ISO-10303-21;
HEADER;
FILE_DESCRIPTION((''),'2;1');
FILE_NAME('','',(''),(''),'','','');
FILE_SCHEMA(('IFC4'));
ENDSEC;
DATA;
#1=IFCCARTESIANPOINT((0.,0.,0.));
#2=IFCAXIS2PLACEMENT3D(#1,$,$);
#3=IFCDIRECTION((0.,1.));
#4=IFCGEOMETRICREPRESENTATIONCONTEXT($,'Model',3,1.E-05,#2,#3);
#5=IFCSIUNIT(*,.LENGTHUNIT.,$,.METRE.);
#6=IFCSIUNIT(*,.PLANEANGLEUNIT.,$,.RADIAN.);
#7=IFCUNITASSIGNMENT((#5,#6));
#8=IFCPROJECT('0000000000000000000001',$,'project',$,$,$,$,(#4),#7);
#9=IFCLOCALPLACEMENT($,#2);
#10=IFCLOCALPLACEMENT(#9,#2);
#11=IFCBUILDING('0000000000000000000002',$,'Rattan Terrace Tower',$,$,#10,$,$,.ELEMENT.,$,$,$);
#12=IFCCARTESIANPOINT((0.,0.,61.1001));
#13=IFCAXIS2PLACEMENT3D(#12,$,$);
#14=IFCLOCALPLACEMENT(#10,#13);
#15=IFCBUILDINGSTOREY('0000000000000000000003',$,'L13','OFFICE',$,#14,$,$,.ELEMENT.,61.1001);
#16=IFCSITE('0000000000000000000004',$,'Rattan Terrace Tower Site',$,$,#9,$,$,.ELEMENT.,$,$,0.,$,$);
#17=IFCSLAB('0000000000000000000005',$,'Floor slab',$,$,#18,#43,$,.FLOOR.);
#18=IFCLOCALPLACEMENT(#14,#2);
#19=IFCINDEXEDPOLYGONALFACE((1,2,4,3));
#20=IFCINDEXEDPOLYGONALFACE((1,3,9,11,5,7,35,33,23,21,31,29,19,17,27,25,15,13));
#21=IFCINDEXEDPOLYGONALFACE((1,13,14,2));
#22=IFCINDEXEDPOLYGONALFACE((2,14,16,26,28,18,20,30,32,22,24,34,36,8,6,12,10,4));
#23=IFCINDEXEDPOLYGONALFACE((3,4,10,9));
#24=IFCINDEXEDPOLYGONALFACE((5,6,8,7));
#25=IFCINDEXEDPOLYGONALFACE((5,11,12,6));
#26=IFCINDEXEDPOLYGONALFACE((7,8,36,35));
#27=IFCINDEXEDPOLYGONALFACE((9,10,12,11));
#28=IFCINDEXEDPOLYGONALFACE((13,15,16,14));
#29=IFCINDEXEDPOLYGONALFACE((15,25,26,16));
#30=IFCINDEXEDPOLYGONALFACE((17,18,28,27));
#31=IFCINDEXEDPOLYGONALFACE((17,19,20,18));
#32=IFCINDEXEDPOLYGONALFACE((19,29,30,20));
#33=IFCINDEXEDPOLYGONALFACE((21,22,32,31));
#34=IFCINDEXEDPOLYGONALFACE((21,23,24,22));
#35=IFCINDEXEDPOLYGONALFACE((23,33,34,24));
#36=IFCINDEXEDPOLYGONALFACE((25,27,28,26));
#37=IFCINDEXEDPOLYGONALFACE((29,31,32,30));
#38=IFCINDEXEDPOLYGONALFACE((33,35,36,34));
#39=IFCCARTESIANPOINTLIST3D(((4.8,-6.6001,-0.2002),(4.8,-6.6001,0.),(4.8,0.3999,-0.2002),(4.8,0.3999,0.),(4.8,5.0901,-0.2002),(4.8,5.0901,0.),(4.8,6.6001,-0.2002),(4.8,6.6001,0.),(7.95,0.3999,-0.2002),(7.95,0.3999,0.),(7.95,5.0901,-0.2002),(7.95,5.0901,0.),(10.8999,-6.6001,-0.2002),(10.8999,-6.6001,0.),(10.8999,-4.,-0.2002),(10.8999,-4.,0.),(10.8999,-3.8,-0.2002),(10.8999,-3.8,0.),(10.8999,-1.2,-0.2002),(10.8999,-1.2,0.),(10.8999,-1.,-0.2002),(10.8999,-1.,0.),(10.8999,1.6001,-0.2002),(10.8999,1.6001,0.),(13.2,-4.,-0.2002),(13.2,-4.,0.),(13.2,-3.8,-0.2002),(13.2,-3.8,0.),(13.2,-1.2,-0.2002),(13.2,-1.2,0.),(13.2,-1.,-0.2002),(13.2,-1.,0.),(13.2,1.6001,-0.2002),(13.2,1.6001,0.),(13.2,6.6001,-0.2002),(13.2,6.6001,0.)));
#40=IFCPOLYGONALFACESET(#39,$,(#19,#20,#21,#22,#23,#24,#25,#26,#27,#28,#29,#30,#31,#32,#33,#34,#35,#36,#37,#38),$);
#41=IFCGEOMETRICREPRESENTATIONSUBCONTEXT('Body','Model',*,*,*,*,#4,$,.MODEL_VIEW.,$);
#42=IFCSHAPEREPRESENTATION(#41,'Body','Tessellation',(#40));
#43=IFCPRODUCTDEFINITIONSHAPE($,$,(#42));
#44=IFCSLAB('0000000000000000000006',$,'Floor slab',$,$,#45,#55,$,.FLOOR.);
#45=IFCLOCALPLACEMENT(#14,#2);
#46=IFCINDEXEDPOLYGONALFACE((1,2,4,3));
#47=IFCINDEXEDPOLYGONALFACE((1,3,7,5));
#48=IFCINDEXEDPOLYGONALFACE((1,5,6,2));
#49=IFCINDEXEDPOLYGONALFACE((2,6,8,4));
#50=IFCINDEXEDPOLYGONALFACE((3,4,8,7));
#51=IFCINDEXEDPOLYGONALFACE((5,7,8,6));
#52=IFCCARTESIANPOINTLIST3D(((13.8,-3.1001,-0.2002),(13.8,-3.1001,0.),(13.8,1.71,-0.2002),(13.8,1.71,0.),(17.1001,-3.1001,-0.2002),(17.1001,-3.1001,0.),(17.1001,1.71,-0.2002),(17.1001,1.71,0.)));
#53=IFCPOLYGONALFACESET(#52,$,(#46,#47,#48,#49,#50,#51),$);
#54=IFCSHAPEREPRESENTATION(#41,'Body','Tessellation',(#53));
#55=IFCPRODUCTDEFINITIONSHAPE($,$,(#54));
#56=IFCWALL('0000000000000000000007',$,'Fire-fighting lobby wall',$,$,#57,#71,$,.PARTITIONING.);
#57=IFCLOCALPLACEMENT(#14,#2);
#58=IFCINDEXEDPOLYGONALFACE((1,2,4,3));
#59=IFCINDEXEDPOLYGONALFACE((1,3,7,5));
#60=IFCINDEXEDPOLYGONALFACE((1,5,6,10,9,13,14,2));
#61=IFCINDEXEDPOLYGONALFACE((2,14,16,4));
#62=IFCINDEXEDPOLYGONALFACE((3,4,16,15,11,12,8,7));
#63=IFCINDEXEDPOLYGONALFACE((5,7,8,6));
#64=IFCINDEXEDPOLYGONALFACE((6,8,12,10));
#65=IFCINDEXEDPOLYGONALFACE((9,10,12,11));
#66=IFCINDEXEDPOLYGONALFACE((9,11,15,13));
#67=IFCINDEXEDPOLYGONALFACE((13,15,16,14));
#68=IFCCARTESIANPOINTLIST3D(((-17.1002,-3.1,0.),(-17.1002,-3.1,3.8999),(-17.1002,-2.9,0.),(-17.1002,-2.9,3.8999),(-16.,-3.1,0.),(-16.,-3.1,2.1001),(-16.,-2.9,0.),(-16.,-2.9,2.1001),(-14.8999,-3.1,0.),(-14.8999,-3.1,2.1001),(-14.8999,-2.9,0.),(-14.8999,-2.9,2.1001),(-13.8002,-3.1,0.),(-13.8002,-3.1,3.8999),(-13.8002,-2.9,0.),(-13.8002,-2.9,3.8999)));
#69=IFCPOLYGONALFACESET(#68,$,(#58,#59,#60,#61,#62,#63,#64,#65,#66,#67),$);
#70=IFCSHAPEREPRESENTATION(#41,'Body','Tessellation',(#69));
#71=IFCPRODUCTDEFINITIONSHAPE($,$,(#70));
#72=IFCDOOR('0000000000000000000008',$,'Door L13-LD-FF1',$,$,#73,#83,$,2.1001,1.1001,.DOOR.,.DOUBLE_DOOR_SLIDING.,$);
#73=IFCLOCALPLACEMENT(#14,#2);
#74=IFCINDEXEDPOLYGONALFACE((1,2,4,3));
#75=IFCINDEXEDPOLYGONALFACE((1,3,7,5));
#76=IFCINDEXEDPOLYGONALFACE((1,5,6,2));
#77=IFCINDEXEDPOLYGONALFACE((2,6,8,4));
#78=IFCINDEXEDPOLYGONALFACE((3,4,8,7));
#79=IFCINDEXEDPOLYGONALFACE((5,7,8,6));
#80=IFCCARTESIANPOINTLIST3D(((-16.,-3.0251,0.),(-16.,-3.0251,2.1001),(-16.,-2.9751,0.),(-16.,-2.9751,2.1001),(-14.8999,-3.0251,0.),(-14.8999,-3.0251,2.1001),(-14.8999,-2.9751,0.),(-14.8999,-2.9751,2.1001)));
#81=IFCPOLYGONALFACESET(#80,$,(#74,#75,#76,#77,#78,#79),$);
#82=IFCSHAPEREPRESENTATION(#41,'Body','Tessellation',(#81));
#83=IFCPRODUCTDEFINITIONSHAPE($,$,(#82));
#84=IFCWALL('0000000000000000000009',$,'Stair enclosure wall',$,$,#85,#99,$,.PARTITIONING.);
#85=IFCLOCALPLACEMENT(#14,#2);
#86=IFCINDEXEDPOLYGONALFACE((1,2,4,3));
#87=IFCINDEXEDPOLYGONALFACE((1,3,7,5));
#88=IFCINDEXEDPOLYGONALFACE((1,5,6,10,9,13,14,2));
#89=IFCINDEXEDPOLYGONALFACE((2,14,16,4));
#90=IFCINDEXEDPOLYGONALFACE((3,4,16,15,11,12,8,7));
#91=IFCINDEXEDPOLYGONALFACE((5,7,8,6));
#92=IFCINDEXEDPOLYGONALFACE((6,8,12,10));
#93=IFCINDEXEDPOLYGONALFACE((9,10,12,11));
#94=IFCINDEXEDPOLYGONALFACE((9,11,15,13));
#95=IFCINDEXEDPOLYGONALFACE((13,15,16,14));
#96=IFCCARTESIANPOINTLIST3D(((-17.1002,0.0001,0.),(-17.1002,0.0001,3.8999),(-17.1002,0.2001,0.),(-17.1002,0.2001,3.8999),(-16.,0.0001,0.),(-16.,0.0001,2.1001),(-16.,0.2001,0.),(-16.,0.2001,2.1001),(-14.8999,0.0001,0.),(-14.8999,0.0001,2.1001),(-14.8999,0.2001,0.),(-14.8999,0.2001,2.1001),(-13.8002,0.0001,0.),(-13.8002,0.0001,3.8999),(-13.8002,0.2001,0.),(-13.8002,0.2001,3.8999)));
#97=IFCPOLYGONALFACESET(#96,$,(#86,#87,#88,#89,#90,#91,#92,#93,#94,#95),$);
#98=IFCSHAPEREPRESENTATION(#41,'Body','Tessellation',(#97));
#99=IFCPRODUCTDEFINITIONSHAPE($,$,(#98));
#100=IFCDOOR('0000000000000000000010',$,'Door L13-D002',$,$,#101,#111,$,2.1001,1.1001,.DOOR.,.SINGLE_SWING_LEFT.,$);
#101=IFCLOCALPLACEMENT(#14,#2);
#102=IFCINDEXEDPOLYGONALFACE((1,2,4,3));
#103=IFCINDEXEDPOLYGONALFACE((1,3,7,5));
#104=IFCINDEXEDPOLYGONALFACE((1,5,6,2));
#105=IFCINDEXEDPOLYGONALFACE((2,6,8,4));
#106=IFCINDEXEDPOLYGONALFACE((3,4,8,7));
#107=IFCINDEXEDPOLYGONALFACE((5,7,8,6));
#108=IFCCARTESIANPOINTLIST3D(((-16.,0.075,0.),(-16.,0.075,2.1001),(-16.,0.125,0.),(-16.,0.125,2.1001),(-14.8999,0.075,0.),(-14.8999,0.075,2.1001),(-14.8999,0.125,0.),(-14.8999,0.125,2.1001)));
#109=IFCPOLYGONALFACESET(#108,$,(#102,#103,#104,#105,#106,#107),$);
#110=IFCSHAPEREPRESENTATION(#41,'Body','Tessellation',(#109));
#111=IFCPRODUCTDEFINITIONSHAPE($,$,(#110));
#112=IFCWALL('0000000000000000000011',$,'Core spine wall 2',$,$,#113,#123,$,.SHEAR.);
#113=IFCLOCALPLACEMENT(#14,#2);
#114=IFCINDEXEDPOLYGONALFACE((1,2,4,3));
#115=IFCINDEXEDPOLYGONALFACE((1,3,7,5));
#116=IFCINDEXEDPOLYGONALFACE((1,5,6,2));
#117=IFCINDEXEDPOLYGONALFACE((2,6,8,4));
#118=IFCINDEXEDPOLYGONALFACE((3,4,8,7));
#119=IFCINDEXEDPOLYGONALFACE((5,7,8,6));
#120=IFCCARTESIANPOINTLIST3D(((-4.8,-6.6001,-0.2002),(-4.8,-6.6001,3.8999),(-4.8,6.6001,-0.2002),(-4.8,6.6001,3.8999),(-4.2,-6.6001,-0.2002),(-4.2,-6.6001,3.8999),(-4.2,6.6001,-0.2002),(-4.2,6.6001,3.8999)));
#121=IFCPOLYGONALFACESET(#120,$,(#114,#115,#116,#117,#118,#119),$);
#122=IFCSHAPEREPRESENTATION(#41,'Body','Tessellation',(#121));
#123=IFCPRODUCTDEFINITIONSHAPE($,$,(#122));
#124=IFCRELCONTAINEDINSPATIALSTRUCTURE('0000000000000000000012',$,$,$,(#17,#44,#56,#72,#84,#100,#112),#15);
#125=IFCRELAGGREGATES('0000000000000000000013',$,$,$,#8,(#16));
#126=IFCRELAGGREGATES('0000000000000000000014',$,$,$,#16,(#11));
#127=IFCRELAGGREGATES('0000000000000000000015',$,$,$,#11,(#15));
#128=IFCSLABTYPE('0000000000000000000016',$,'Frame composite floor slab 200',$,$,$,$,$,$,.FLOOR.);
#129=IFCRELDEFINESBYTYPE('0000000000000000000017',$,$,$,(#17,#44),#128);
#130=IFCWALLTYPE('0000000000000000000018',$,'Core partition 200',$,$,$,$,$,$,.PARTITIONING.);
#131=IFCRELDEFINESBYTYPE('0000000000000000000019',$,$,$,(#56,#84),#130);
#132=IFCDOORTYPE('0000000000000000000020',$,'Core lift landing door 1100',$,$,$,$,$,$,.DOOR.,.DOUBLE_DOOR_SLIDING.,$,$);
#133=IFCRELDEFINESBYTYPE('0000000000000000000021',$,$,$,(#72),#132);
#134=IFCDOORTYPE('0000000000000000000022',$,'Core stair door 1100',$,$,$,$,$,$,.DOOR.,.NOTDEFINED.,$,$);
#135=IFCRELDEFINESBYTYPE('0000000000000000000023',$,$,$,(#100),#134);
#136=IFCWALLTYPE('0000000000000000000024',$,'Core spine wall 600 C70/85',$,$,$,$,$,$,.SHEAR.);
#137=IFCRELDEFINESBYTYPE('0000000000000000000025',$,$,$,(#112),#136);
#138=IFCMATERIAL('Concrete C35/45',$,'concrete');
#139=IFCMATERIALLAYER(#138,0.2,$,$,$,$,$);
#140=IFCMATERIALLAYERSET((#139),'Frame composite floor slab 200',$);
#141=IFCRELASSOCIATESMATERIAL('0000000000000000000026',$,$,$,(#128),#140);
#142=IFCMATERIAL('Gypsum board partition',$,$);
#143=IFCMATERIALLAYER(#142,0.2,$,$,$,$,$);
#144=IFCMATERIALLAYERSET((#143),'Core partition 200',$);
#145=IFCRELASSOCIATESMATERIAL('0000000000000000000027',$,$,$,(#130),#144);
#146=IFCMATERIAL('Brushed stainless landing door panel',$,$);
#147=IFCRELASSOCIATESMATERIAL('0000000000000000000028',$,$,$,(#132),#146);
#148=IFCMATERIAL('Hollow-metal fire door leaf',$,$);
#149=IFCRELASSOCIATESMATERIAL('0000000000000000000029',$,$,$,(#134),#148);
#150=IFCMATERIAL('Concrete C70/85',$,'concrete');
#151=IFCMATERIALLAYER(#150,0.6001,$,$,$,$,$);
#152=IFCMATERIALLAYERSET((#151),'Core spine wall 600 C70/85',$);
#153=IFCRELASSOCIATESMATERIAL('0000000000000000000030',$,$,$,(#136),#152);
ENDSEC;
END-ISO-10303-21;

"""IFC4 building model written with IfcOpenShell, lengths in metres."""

from ifc_helpers import new_model, si_unit, direction, frame, frame_2d, origin, place, context, subcontext, project, spatial, polyline, rectangle, outline, extrude, material, layer, layer_set, type_object, element, fill, save


model = new_model("IFC4")

# Units and contexts
model_context = context("Model", 3, precision=1e-05, world=origin(), true_north=direction((0.0, 1.0)))
body_context = subcontext(model_context, "Body", "Model", "MODEL_VIEW")
ifc_project = project(units=[si_unit("LENGTHUNIT", "METRE"), si_unit("PLANEANGLEUNIT", "RADIAN")], contexts=[model_context])

# Site, building, storey
site_placement = place(None, origin())
site = spatial("IfcSite", under=ifc_project, at=site_placement, Name="Rattan Terrace Tower Site", CompositionType="ELEMENT", RefElevation=0.0)
building_placement = place(site_placement, origin())
building = spatial("IfcBuilding", under=site, at=building_placement, Name="Rattan Terrace Tower", CompositionType="ELEMENT")
storey_placement = place(building_placement, frame((0.0, 0.0, 61.1001)))
storey = spatial("IfcBuildingStorey", under=building, at=storey_placement, Name="L13", Description="OFFICE", CompositionType="ELEMENT", Elevation=61.1001)

# Slabs
ifc_material_1 = material(Name="Concrete C35/45", Category="concrete")
ifc_layer_1 = layer(ifc_material_1, 0.2)
ifc_layer_set_1 = layer_set([ifc_layer_1], Name="Frame composite floor slab 200")
slab_type = type_object("IfcSlabType", Name="Frame composite floor slab 200", PredefinedType="FLOOR", material=ifc_layer_set_1)
slab_1_placement = place(storey_placement, frame((0.0, 0.0, -0.2002)))
element("IfcSlab", 1, at=slab_1_placement, inside=storey, type_object=slab_type, Name="Floor slab", PredefinedType="FLOOR", context=body_context, shape_type="SweptSolid", body=[
    extrude(outline(polyline([(4.8, 5.0901), (7.95, 5.0901), (7.95, 0.3999), (4.8, 0.3999), (4.8, -6.6001), (10.8999, -6.6001), (10.8999, -4.0), (13.2, -4.0), (13.2, -3.8), (10.8999, -3.8), (10.8999, -1.2), (13.2, -1.2), (13.2, -1.0), (10.8999, -1.0), (10.8999, 1.6001), (13.2, 1.6001), (13.2, 6.6001), (4.8, 6.6001), (4.8, 5.0901)])), origin(), (0.0, 0.0, 1.0), 0.2002),
])
slab_2_placement = place(storey_placement, frame((0.0, 0.0, -0.2002)))
element("IfcSlab", 2, at=slab_2_placement, inside=storey, type_object=slab_type, Name="Floor slab", PredefinedType="FLOOR", context=body_context, shape_type="SweptSolid", body=[
    extrude(outline(polyline([(13.8, -3.1001), (17.1001, -3.1001), (17.1001, 1.71), (13.8, 1.71), (13.8, -3.1001)])), origin(), (0.0, 0.0, 1.0), 0.2002),
])

# Walls, openings, doors
ifc_material_2 = material(Name="Gypsum board partition")
ifc_layer_2 = layer(ifc_material_2, 0.2)
ifc_layer_set_2 = layer_set([ifc_layer_2], Name="Core partition 200")
wall_type_1 = type_object("IfcWallType", Name="Core partition 200", PredefinedType="PARTITIONING", material=ifc_layer_set_2)
wall_1_placement = place(storey_placement, frame((-17.1001, -3.0, 0.0), z_axis=(0.0, 0.0, 1.0), x_axis=(1.0, 0.0, 0.0)))
wall_1 = element("IfcWall", 3, at=wall_1_placement, inside=storey, type_object=wall_type_1, Name="Fire-fighting lobby wall", PredefinedType="PARTITIONING", context=body_context, shape_type="SweptSolid", body=[
    extrude(rectangle(XDim=3.3, YDim=0.2, at=frame_2d((1.6499, 0.0))), origin(), (0.0, 0.0, 1.0), 3.8999),
])
opening_1_placement = place(wall_1_placement, frame((1.1001, 0.0, 0.0)))
opening_1 = element("IfcOpeningElement", 4, at=opening_1_placement, cuts=wall_1, PredefinedType="OPENING", context=body_context, shape_type="SweptSolid", body=[
    extrude(rectangle(XDim=1.1001, YDim=2.1001, at=frame_2d((0.55, 1.05))), frame((0.0, 0.1106, 0.0), z_axis=(0.0, -1.0, 0.0), x_axis=(1.0, 0.0, 0.0)), (0.0, 0.0, 1.0), 0.2209),
])
ifc_material_3 = material(Name="Brushed stainless landing door panel")
door_type_1 = type_object("IfcDoorType", Name="Core lift landing door 1100", OperationType="DOUBLE_DOOR_SLIDING", PredefinedType="DOOR", material=ifc_material_3)
door_1_placement = place(opening_1_placement, origin())
door_1 = element("IfcDoor", 5, at=door_1_placement, inside=storey, type_object=door_type_1, Name="Door L13-LD-FF1", OperationType="DOUBLE_DOOR_SLIDING", OverallHeight=2.1001, OverallWidth=1.1001, PredefinedType="DOOR", context=body_context, shape_type="SweptSolid", body=[
    extrude(rectangle(XDim=1.1001, YDim=2.1001, at=frame_2d((0.55, 1.05))), frame((0.0, 0.0249, 0.0), z_axis=(0.0, -1.0, 0.0), x_axis=(1.0, 0.0, 0.0)), (0.0, 0.0, 1.0), 0.05),
])
fill(opening_1, door_1)
wall_2_placement = place(storey_placement, frame((-17.1001, 0.1001, 0.0), z_axis=(0.0, 0.0, 1.0), x_axis=(1.0, 0.0, 0.0)))
wall_2 = element("IfcWall", 6, at=wall_2_placement, inside=storey, type_object=wall_type_1, Name="Stair enclosure wall", PredefinedType="PARTITIONING", context=body_context, shape_type="SweptSolid", body=[
    extrude(rectangle(XDim=3.3, YDim=0.2, at=frame_2d((1.6499, 0.0))), origin(), (0.0, 0.0, 1.0), 3.8999),
])
opening_2_placement = place(wall_2_placement, frame((1.1001, 0.0, 0.0)))
opening_2 = element("IfcOpeningElement", 7, at=opening_2_placement, cuts=wall_2, PredefinedType="OPENING", context=body_context, shape_type="SweptSolid", body=[
    extrude(rectangle(XDim=1.1001, YDim=2.1001, at=frame_2d((0.55, 1.05))), frame((0.0, 0.1106, 0.0), z_axis=(0.0, -1.0, 0.0), x_axis=(1.0, 0.0, 0.0)), (0.0, 0.0, 1.0), 0.2209),
])
ifc_material_4 = material(Name="Hollow-metal fire door leaf")
door_type_2 = type_object("IfcDoorType", Name="Core stair door 1100", OperationType="NOTDEFINED", PredefinedType="DOOR", material=ifc_material_4)
door_2_placement = place(opening_2_placement, origin())
door_2 = element("IfcDoor", 8, at=door_2_placement, inside=storey, type_object=door_type_2, Name="Door L13-D002", OperationType="SINGLE_SWING_LEFT", OverallHeight=2.1001, OverallWidth=1.1001, PredefinedType="DOOR", context=body_context, shape_type="SweptSolid", body=[
    extrude(rectangle(XDim=1.1001, YDim=2.1001, at=frame_2d((0.55, 1.05))), frame((0.0, 0.0249, 0.0), z_axis=(0.0, -1.0, 0.0), x_axis=(1.0, 0.0, 0.0)), (0.0, 0.0, 1.0), 0.05),
])
fill(opening_2, door_2)

# Wall
ifc_material_5 = material(Name="Concrete C70/85", Category="concrete")
ifc_layer_3 = layer(ifc_material_5, 0.6001)
ifc_layer_set_3 = layer_set([ifc_layer_3], Name="Core spine wall 600 C70/85")
wall_type_2 = type_object("IfcWallType", Name="Core spine wall 600 C70/85", PredefinedType="SHEAR", material=ifc_layer_set_3)
wall_3_placement = place(storey_placement, frame((-4.5, -6.6001, -0.2002), z_axis=(0.0, 0.0, 1.0), x_axis=(0.0, 1.0, 0.0)))
element("IfcWall", 9, at=wall_3_placement, inside=storey, type_object=wall_type_2, Name="Core spine wall 2", PredefinedType="SHEAR", context=body_context, shape_type="SweptSolid", body=[
    extrude(rectangle(XDim=13.2002, YDim=0.6001, at=frame_2d((6.6001, 0.0))), origin(), (0.0, 0.0, 1.0), 4.1001),
])

save(model, "model.ifc")
